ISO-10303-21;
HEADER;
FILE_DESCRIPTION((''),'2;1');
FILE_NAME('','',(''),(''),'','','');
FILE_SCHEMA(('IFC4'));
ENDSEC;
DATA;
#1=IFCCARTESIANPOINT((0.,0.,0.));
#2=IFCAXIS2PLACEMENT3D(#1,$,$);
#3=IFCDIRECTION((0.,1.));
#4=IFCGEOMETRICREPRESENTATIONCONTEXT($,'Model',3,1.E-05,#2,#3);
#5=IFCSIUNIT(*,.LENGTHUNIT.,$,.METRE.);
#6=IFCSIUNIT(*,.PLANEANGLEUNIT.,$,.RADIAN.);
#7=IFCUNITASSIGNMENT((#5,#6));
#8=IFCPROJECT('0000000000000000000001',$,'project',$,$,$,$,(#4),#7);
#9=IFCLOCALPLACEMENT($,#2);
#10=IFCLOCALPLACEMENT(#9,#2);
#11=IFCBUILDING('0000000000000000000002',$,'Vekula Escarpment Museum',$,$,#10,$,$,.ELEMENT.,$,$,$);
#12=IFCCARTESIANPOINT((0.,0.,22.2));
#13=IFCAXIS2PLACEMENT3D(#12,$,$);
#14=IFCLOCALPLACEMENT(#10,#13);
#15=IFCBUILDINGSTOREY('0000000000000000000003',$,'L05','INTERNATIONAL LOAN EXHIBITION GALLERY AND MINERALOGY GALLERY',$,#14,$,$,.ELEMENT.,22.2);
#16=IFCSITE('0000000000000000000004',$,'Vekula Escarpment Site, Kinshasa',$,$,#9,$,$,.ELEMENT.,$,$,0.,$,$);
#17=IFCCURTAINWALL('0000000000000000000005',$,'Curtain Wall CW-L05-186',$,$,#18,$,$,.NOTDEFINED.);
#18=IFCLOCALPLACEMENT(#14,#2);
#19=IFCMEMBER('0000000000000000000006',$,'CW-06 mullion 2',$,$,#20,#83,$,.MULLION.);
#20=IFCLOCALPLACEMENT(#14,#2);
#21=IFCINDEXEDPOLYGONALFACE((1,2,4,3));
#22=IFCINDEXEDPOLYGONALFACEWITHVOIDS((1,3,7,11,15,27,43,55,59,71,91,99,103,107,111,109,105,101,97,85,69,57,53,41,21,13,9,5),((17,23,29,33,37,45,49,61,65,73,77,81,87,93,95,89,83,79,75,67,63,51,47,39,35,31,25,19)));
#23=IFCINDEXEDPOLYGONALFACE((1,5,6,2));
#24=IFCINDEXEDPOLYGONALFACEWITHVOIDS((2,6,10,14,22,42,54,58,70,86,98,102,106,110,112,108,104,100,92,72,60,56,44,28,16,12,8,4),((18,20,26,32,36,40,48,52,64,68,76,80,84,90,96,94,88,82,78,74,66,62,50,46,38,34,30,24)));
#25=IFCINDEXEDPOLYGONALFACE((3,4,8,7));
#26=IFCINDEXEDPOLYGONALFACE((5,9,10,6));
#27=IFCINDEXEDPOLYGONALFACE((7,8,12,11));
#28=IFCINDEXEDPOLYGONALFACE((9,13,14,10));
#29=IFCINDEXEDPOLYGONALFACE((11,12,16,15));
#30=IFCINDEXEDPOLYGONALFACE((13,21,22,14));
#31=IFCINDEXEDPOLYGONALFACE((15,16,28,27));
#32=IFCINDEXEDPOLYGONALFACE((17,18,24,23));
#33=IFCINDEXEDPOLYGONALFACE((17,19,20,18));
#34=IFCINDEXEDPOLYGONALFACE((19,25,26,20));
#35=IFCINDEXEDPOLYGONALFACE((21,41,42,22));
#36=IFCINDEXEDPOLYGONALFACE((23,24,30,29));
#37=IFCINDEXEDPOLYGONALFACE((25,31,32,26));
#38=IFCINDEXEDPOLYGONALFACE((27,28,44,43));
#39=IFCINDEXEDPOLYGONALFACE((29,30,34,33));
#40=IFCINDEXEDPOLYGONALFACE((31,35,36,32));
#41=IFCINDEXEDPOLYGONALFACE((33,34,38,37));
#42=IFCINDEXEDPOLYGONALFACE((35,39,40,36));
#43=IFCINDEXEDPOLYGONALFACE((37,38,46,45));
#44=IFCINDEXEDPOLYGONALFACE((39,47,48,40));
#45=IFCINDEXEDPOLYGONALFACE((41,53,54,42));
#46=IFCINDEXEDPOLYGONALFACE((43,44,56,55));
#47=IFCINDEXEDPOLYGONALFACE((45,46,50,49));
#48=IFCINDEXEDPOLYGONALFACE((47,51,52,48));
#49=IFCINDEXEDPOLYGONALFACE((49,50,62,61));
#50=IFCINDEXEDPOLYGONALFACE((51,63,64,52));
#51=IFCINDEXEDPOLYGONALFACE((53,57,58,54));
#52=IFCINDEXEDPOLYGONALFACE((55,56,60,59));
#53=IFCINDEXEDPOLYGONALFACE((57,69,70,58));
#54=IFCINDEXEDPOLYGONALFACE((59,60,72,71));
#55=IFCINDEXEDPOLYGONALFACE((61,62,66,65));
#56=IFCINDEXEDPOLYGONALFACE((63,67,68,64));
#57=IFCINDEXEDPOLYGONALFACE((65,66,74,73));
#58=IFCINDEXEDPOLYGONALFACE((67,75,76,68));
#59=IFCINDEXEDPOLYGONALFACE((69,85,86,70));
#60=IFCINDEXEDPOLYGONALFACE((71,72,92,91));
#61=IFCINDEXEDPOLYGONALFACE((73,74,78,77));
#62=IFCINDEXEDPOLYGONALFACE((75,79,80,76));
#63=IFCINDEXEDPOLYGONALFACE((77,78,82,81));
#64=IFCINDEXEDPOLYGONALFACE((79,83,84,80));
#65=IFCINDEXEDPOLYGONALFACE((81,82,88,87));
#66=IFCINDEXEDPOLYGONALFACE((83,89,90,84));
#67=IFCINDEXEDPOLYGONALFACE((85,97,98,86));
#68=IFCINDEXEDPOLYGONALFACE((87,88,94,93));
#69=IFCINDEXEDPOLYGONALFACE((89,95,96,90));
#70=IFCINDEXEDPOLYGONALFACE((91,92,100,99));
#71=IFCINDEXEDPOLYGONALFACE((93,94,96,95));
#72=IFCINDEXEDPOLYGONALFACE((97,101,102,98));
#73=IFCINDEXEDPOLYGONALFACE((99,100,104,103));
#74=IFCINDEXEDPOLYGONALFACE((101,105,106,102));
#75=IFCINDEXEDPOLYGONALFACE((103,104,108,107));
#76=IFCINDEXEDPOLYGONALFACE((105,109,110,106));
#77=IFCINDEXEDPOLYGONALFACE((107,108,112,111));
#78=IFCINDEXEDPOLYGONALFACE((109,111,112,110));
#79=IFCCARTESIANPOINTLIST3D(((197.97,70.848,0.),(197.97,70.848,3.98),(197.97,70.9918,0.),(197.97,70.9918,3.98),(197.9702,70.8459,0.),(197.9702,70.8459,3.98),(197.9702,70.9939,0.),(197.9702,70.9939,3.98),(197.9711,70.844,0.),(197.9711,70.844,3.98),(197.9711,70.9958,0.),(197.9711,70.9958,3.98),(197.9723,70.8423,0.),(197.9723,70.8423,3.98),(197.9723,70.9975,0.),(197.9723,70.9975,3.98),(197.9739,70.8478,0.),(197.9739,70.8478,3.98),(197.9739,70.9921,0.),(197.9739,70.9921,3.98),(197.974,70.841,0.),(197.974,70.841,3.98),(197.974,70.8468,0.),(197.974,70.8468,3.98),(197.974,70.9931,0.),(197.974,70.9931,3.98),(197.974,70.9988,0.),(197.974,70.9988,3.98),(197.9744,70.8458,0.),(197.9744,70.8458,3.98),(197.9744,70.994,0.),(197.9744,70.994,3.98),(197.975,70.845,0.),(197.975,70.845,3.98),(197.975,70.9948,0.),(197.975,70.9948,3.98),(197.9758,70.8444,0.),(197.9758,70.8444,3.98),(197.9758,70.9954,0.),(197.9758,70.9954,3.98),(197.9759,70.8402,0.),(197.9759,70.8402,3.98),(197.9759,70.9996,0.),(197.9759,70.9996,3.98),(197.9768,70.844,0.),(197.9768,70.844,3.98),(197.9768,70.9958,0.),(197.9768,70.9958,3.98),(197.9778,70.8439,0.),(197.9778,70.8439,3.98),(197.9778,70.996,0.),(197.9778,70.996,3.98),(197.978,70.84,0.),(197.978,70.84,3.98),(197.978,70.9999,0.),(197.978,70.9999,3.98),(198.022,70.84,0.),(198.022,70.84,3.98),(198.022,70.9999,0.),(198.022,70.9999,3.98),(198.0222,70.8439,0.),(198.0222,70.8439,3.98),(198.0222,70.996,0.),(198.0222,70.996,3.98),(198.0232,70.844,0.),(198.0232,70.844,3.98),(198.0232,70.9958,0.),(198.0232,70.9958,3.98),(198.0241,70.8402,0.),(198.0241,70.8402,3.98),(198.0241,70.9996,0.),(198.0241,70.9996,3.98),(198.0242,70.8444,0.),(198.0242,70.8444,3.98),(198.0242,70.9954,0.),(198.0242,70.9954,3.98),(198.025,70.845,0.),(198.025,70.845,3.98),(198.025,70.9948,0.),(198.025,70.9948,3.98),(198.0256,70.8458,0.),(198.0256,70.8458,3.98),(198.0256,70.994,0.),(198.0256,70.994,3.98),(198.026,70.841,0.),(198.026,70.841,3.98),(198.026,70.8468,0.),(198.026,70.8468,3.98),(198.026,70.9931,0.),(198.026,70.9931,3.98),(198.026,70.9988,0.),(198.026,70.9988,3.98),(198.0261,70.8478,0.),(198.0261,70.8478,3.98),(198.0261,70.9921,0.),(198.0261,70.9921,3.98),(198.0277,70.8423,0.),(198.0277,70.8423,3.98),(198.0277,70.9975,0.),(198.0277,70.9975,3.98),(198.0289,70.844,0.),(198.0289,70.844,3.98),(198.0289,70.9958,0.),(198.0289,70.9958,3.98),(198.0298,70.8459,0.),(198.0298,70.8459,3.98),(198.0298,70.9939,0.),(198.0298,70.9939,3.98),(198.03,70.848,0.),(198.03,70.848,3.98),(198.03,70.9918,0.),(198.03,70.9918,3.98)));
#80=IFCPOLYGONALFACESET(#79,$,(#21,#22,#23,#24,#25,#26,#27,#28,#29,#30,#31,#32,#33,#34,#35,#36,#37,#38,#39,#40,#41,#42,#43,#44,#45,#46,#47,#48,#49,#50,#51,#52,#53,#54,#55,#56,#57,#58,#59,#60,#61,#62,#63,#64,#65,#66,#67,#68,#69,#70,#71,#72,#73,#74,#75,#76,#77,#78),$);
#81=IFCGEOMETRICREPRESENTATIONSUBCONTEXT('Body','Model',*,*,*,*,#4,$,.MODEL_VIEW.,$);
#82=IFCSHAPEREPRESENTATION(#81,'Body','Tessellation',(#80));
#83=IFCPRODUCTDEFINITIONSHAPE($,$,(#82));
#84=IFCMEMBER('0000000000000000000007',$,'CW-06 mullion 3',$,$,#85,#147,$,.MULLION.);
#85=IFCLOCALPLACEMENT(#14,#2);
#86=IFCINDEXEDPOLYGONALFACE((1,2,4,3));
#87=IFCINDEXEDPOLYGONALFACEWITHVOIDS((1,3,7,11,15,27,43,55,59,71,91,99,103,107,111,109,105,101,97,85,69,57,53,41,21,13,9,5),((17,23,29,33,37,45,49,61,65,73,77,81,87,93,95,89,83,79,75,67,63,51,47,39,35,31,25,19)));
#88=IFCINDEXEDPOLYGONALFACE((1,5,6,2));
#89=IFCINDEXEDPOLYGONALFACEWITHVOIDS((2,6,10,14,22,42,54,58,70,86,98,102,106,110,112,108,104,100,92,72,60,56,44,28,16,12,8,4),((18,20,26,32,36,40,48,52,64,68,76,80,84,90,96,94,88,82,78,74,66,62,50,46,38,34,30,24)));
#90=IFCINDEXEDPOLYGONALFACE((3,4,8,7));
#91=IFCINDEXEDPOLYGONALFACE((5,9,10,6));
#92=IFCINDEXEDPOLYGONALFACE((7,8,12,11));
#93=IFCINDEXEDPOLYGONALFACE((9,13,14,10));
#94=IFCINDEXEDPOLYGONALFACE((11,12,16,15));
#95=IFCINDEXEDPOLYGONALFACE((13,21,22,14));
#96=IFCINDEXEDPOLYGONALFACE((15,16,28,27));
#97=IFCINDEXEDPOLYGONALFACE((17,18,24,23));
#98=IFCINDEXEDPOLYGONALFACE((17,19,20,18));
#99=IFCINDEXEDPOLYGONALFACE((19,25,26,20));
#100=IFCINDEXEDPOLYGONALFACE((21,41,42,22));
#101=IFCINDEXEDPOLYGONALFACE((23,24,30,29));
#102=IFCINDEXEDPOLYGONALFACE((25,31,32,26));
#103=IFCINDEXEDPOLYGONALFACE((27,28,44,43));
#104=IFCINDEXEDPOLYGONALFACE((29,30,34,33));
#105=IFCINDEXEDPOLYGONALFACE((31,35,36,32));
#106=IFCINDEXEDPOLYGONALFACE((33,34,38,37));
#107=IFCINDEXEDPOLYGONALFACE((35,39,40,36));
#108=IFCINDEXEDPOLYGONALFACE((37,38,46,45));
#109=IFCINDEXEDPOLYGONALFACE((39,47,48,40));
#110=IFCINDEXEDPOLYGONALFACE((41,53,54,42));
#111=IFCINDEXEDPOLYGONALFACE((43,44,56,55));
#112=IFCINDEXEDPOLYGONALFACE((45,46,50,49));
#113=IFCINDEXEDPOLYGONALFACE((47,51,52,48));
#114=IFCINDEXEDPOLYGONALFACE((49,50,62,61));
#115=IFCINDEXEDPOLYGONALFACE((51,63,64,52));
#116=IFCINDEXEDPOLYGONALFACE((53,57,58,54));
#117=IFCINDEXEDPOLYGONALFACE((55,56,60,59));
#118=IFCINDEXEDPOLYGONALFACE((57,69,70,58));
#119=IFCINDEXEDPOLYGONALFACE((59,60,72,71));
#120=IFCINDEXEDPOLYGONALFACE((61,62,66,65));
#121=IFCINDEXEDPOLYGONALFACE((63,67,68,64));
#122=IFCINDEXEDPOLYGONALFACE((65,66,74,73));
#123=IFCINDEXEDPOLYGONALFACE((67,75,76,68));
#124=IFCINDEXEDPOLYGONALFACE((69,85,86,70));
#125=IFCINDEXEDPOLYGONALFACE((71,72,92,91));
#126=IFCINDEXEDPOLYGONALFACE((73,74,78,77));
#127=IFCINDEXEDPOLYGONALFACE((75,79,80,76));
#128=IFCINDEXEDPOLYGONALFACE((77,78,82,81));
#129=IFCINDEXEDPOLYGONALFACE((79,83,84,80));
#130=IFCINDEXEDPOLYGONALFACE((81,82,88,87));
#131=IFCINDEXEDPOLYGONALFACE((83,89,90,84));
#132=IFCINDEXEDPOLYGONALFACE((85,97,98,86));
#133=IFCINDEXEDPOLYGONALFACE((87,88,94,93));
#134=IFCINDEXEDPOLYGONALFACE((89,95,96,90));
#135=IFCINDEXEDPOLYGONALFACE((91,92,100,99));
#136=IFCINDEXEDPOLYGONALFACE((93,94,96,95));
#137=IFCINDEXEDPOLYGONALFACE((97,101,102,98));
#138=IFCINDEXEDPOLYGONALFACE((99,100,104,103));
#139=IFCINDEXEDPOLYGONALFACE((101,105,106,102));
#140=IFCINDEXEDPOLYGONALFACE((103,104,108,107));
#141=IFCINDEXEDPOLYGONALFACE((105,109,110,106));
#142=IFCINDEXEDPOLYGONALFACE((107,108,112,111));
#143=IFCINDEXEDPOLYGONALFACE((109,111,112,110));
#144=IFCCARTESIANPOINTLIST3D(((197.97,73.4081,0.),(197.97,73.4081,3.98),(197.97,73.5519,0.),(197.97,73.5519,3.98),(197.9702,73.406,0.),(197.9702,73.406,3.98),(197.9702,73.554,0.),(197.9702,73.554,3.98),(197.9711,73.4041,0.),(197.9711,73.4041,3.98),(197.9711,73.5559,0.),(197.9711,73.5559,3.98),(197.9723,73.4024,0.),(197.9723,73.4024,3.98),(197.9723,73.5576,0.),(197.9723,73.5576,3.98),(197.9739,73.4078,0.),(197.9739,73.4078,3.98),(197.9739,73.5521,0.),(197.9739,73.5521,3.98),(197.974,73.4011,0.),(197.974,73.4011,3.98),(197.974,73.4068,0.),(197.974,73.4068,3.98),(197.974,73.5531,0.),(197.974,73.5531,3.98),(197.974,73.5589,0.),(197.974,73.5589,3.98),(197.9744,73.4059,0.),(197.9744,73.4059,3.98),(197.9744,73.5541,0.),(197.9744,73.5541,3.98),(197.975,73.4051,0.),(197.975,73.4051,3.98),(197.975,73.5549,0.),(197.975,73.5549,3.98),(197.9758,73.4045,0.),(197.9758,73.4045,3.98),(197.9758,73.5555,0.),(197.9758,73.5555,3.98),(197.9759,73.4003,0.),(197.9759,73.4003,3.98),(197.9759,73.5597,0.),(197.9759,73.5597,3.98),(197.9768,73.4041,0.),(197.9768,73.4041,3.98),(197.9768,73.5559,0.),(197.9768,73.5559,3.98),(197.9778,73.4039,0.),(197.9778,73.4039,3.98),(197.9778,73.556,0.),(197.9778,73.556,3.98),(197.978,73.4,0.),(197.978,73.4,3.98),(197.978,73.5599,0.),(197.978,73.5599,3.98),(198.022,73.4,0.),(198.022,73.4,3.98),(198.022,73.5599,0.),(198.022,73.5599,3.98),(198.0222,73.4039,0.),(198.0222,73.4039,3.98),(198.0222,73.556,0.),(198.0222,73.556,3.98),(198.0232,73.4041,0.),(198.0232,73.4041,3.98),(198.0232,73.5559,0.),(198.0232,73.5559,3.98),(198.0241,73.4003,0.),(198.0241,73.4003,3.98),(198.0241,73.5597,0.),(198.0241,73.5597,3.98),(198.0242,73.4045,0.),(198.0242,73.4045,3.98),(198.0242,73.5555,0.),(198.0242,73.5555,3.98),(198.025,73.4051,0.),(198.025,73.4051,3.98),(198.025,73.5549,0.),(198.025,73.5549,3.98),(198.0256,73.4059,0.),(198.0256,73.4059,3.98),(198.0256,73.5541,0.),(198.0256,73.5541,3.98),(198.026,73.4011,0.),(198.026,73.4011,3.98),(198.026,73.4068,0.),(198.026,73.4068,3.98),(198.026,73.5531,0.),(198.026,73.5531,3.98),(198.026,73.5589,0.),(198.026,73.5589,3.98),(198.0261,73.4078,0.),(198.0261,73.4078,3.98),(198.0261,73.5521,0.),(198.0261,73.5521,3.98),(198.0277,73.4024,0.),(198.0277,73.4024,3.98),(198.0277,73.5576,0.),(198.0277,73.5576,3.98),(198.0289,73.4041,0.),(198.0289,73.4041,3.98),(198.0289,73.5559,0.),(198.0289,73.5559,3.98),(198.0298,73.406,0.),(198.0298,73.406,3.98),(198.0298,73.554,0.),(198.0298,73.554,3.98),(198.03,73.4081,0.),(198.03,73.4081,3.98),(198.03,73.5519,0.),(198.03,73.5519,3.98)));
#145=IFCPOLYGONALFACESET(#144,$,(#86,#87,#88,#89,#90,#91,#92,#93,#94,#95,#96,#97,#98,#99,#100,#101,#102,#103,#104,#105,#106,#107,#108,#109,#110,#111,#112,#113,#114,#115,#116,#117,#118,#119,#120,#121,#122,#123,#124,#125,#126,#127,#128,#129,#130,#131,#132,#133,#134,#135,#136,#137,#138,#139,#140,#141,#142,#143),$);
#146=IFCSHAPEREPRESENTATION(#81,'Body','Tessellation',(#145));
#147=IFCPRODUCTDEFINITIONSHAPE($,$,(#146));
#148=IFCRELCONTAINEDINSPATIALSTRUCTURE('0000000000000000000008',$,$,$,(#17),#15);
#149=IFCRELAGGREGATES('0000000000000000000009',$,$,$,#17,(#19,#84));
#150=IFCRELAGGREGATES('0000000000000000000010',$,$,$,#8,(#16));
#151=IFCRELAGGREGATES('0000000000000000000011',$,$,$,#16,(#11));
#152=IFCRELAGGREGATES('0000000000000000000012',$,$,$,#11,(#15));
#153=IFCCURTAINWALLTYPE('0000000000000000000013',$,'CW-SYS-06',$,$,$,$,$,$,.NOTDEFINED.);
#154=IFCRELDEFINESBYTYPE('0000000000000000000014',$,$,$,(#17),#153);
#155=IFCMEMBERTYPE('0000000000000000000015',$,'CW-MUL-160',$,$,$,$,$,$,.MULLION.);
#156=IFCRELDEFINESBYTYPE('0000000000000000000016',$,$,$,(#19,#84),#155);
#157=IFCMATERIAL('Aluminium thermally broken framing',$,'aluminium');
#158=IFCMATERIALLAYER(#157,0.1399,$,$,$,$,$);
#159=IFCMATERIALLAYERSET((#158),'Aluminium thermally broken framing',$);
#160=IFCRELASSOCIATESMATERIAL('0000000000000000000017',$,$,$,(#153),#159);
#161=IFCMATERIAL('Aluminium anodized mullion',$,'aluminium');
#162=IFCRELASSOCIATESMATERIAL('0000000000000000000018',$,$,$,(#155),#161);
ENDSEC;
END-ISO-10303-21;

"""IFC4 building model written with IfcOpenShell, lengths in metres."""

from ifc_helpers import new_model, si_unit, direction, frame, origin, origin_2d, place, context, subcontext, project, spatial, hollow_rectangle, extrude, material, layer, layer_set, material_profile, profile_set, type_object, element, aggregate, save


model = new_model("IFC4")

# Units and contexts
model_context = context("Model", 3, precision=1e-05, world=origin(), true_north=direction((0.0, 1.0)))
body_context = subcontext(model_context, "Body", "Model", "MODEL_VIEW")
ifc_project = project(units=[si_unit("LENGTHUNIT", "METRE"), si_unit("PLANEANGLEUNIT", "RADIAN")], contexts=[model_context])

# Site, building, storey
site_placement = place(None, origin())
site = spatial("IfcSite", under=ifc_project, at=site_placement, Name="Vekula Escarpment Site, Kinshasa", CompositionType="ELEMENT", RefElevation=0.0)
building_placement = place(site_placement, origin())
building = spatial("IfcBuilding", under=site, at=building_placement, Name="Vekula Escarpment Museum", CompositionType="ELEMENT")
storey_placement = place(building_placement, frame((0.0, 0.0, 22.2)))
storey = spatial("IfcBuildingStorey", under=building, at=storey_placement, Name="L05", Description="INTERNATIONAL LOAN EXHIBITION GALLERY AND MINERALOGY GALLERY", CompositionType="ELEMENT", Elevation=22.2)

# Curtain wall, members
ifc_material_1 = material(Name="Aluminium thermally broken framing", Category="aluminium")
ifc_layer_1 = layer(ifc_material_1, 0.1399)
ifc_layer_set_1 = layer_set([ifc_layer_1], Name="Aluminium thermally broken framing")
curtain_wall_type = type_object("IfcCurtainWallType", Name="CW-SYS-06", PredefinedType="NOTDEFINED", material=ifc_layer_set_1)
curtain_wall_placement = place(storey_placement, origin())
curtain_wall = element("IfcCurtainWall", 1, at=curtain_wall_placement, inside=storey, type_object=curtain_wall_type, Name="Curtain Wall CW-L05-186", PredefinedType="NOTDEFINED")
ifc_material_2 = material(Name="Aluminium anodized mullion", Category="aluminium")
ifc_material_profile_1 = material_profile(ifc_material_2, hollow_rectangle(XDim=0.0601, YDim=0.1599, WallThickness=0.0039, InnerFilletRadius=0.0039, OuterFilletRadius=0.0081, at=origin_2d()), Name="ALU 160x60x4")
ifc_profile_set_1 = profile_set([ifc_material_profile_1], Name="Aluminium anodized mullion")
member_type_1 = type_object("IfcMemberType", Name="CW-MUL-160", PredefinedType="MULLION", material=ifc_profile_set_1)
member_1_placement = place(storey_placement, frame((198.0, 70.9199, 0.0), z_axis=(0.0, 0.0, 1.0), x_axis=(-1.0, 0.0, 0.0)))
member_1 = element("IfcMember", 2, at=member_1_placement, type_object=member_type_1, Name="CW-06 mullion 2", PredefinedType="MULLION", context=body_context, shape_type="SweptSolid", body=[
    extrude(hollow_rectangle(XDim=0.0601, YDim=0.1599, WallThickness=0.0039, InnerFilletRadius=0.0039, OuterFilletRadius=0.0081, at=origin_2d()), origin(), (0.0, 0.0, 1.0), 3.98),
])
member_2_placement = place(storey_placement, frame((198.0, 73.48, 0.0), z_axis=(0.0, 0.0, 1.0), x_axis=(-1.0, 0.0, 0.0)))
member_2 = element("IfcMember", 3, at=member_2_placement, type_object=member_type_1, Name="CW-06 mullion 3", PredefinedType="MULLION", context=body_context, shape_type="SweptSolid", body=[
    extrude(hollow_rectangle(XDim=0.0601, YDim=0.1599, WallThickness=0.0039, InnerFilletRadius=0.0039, OuterFilletRadius=0.0081, at=origin_2d()), origin(), (0.0, 0.0, 1.0), 3.98),
])
aggregate(curtain_wall, [member_1, member_2])

save(model, "model.ifc")
